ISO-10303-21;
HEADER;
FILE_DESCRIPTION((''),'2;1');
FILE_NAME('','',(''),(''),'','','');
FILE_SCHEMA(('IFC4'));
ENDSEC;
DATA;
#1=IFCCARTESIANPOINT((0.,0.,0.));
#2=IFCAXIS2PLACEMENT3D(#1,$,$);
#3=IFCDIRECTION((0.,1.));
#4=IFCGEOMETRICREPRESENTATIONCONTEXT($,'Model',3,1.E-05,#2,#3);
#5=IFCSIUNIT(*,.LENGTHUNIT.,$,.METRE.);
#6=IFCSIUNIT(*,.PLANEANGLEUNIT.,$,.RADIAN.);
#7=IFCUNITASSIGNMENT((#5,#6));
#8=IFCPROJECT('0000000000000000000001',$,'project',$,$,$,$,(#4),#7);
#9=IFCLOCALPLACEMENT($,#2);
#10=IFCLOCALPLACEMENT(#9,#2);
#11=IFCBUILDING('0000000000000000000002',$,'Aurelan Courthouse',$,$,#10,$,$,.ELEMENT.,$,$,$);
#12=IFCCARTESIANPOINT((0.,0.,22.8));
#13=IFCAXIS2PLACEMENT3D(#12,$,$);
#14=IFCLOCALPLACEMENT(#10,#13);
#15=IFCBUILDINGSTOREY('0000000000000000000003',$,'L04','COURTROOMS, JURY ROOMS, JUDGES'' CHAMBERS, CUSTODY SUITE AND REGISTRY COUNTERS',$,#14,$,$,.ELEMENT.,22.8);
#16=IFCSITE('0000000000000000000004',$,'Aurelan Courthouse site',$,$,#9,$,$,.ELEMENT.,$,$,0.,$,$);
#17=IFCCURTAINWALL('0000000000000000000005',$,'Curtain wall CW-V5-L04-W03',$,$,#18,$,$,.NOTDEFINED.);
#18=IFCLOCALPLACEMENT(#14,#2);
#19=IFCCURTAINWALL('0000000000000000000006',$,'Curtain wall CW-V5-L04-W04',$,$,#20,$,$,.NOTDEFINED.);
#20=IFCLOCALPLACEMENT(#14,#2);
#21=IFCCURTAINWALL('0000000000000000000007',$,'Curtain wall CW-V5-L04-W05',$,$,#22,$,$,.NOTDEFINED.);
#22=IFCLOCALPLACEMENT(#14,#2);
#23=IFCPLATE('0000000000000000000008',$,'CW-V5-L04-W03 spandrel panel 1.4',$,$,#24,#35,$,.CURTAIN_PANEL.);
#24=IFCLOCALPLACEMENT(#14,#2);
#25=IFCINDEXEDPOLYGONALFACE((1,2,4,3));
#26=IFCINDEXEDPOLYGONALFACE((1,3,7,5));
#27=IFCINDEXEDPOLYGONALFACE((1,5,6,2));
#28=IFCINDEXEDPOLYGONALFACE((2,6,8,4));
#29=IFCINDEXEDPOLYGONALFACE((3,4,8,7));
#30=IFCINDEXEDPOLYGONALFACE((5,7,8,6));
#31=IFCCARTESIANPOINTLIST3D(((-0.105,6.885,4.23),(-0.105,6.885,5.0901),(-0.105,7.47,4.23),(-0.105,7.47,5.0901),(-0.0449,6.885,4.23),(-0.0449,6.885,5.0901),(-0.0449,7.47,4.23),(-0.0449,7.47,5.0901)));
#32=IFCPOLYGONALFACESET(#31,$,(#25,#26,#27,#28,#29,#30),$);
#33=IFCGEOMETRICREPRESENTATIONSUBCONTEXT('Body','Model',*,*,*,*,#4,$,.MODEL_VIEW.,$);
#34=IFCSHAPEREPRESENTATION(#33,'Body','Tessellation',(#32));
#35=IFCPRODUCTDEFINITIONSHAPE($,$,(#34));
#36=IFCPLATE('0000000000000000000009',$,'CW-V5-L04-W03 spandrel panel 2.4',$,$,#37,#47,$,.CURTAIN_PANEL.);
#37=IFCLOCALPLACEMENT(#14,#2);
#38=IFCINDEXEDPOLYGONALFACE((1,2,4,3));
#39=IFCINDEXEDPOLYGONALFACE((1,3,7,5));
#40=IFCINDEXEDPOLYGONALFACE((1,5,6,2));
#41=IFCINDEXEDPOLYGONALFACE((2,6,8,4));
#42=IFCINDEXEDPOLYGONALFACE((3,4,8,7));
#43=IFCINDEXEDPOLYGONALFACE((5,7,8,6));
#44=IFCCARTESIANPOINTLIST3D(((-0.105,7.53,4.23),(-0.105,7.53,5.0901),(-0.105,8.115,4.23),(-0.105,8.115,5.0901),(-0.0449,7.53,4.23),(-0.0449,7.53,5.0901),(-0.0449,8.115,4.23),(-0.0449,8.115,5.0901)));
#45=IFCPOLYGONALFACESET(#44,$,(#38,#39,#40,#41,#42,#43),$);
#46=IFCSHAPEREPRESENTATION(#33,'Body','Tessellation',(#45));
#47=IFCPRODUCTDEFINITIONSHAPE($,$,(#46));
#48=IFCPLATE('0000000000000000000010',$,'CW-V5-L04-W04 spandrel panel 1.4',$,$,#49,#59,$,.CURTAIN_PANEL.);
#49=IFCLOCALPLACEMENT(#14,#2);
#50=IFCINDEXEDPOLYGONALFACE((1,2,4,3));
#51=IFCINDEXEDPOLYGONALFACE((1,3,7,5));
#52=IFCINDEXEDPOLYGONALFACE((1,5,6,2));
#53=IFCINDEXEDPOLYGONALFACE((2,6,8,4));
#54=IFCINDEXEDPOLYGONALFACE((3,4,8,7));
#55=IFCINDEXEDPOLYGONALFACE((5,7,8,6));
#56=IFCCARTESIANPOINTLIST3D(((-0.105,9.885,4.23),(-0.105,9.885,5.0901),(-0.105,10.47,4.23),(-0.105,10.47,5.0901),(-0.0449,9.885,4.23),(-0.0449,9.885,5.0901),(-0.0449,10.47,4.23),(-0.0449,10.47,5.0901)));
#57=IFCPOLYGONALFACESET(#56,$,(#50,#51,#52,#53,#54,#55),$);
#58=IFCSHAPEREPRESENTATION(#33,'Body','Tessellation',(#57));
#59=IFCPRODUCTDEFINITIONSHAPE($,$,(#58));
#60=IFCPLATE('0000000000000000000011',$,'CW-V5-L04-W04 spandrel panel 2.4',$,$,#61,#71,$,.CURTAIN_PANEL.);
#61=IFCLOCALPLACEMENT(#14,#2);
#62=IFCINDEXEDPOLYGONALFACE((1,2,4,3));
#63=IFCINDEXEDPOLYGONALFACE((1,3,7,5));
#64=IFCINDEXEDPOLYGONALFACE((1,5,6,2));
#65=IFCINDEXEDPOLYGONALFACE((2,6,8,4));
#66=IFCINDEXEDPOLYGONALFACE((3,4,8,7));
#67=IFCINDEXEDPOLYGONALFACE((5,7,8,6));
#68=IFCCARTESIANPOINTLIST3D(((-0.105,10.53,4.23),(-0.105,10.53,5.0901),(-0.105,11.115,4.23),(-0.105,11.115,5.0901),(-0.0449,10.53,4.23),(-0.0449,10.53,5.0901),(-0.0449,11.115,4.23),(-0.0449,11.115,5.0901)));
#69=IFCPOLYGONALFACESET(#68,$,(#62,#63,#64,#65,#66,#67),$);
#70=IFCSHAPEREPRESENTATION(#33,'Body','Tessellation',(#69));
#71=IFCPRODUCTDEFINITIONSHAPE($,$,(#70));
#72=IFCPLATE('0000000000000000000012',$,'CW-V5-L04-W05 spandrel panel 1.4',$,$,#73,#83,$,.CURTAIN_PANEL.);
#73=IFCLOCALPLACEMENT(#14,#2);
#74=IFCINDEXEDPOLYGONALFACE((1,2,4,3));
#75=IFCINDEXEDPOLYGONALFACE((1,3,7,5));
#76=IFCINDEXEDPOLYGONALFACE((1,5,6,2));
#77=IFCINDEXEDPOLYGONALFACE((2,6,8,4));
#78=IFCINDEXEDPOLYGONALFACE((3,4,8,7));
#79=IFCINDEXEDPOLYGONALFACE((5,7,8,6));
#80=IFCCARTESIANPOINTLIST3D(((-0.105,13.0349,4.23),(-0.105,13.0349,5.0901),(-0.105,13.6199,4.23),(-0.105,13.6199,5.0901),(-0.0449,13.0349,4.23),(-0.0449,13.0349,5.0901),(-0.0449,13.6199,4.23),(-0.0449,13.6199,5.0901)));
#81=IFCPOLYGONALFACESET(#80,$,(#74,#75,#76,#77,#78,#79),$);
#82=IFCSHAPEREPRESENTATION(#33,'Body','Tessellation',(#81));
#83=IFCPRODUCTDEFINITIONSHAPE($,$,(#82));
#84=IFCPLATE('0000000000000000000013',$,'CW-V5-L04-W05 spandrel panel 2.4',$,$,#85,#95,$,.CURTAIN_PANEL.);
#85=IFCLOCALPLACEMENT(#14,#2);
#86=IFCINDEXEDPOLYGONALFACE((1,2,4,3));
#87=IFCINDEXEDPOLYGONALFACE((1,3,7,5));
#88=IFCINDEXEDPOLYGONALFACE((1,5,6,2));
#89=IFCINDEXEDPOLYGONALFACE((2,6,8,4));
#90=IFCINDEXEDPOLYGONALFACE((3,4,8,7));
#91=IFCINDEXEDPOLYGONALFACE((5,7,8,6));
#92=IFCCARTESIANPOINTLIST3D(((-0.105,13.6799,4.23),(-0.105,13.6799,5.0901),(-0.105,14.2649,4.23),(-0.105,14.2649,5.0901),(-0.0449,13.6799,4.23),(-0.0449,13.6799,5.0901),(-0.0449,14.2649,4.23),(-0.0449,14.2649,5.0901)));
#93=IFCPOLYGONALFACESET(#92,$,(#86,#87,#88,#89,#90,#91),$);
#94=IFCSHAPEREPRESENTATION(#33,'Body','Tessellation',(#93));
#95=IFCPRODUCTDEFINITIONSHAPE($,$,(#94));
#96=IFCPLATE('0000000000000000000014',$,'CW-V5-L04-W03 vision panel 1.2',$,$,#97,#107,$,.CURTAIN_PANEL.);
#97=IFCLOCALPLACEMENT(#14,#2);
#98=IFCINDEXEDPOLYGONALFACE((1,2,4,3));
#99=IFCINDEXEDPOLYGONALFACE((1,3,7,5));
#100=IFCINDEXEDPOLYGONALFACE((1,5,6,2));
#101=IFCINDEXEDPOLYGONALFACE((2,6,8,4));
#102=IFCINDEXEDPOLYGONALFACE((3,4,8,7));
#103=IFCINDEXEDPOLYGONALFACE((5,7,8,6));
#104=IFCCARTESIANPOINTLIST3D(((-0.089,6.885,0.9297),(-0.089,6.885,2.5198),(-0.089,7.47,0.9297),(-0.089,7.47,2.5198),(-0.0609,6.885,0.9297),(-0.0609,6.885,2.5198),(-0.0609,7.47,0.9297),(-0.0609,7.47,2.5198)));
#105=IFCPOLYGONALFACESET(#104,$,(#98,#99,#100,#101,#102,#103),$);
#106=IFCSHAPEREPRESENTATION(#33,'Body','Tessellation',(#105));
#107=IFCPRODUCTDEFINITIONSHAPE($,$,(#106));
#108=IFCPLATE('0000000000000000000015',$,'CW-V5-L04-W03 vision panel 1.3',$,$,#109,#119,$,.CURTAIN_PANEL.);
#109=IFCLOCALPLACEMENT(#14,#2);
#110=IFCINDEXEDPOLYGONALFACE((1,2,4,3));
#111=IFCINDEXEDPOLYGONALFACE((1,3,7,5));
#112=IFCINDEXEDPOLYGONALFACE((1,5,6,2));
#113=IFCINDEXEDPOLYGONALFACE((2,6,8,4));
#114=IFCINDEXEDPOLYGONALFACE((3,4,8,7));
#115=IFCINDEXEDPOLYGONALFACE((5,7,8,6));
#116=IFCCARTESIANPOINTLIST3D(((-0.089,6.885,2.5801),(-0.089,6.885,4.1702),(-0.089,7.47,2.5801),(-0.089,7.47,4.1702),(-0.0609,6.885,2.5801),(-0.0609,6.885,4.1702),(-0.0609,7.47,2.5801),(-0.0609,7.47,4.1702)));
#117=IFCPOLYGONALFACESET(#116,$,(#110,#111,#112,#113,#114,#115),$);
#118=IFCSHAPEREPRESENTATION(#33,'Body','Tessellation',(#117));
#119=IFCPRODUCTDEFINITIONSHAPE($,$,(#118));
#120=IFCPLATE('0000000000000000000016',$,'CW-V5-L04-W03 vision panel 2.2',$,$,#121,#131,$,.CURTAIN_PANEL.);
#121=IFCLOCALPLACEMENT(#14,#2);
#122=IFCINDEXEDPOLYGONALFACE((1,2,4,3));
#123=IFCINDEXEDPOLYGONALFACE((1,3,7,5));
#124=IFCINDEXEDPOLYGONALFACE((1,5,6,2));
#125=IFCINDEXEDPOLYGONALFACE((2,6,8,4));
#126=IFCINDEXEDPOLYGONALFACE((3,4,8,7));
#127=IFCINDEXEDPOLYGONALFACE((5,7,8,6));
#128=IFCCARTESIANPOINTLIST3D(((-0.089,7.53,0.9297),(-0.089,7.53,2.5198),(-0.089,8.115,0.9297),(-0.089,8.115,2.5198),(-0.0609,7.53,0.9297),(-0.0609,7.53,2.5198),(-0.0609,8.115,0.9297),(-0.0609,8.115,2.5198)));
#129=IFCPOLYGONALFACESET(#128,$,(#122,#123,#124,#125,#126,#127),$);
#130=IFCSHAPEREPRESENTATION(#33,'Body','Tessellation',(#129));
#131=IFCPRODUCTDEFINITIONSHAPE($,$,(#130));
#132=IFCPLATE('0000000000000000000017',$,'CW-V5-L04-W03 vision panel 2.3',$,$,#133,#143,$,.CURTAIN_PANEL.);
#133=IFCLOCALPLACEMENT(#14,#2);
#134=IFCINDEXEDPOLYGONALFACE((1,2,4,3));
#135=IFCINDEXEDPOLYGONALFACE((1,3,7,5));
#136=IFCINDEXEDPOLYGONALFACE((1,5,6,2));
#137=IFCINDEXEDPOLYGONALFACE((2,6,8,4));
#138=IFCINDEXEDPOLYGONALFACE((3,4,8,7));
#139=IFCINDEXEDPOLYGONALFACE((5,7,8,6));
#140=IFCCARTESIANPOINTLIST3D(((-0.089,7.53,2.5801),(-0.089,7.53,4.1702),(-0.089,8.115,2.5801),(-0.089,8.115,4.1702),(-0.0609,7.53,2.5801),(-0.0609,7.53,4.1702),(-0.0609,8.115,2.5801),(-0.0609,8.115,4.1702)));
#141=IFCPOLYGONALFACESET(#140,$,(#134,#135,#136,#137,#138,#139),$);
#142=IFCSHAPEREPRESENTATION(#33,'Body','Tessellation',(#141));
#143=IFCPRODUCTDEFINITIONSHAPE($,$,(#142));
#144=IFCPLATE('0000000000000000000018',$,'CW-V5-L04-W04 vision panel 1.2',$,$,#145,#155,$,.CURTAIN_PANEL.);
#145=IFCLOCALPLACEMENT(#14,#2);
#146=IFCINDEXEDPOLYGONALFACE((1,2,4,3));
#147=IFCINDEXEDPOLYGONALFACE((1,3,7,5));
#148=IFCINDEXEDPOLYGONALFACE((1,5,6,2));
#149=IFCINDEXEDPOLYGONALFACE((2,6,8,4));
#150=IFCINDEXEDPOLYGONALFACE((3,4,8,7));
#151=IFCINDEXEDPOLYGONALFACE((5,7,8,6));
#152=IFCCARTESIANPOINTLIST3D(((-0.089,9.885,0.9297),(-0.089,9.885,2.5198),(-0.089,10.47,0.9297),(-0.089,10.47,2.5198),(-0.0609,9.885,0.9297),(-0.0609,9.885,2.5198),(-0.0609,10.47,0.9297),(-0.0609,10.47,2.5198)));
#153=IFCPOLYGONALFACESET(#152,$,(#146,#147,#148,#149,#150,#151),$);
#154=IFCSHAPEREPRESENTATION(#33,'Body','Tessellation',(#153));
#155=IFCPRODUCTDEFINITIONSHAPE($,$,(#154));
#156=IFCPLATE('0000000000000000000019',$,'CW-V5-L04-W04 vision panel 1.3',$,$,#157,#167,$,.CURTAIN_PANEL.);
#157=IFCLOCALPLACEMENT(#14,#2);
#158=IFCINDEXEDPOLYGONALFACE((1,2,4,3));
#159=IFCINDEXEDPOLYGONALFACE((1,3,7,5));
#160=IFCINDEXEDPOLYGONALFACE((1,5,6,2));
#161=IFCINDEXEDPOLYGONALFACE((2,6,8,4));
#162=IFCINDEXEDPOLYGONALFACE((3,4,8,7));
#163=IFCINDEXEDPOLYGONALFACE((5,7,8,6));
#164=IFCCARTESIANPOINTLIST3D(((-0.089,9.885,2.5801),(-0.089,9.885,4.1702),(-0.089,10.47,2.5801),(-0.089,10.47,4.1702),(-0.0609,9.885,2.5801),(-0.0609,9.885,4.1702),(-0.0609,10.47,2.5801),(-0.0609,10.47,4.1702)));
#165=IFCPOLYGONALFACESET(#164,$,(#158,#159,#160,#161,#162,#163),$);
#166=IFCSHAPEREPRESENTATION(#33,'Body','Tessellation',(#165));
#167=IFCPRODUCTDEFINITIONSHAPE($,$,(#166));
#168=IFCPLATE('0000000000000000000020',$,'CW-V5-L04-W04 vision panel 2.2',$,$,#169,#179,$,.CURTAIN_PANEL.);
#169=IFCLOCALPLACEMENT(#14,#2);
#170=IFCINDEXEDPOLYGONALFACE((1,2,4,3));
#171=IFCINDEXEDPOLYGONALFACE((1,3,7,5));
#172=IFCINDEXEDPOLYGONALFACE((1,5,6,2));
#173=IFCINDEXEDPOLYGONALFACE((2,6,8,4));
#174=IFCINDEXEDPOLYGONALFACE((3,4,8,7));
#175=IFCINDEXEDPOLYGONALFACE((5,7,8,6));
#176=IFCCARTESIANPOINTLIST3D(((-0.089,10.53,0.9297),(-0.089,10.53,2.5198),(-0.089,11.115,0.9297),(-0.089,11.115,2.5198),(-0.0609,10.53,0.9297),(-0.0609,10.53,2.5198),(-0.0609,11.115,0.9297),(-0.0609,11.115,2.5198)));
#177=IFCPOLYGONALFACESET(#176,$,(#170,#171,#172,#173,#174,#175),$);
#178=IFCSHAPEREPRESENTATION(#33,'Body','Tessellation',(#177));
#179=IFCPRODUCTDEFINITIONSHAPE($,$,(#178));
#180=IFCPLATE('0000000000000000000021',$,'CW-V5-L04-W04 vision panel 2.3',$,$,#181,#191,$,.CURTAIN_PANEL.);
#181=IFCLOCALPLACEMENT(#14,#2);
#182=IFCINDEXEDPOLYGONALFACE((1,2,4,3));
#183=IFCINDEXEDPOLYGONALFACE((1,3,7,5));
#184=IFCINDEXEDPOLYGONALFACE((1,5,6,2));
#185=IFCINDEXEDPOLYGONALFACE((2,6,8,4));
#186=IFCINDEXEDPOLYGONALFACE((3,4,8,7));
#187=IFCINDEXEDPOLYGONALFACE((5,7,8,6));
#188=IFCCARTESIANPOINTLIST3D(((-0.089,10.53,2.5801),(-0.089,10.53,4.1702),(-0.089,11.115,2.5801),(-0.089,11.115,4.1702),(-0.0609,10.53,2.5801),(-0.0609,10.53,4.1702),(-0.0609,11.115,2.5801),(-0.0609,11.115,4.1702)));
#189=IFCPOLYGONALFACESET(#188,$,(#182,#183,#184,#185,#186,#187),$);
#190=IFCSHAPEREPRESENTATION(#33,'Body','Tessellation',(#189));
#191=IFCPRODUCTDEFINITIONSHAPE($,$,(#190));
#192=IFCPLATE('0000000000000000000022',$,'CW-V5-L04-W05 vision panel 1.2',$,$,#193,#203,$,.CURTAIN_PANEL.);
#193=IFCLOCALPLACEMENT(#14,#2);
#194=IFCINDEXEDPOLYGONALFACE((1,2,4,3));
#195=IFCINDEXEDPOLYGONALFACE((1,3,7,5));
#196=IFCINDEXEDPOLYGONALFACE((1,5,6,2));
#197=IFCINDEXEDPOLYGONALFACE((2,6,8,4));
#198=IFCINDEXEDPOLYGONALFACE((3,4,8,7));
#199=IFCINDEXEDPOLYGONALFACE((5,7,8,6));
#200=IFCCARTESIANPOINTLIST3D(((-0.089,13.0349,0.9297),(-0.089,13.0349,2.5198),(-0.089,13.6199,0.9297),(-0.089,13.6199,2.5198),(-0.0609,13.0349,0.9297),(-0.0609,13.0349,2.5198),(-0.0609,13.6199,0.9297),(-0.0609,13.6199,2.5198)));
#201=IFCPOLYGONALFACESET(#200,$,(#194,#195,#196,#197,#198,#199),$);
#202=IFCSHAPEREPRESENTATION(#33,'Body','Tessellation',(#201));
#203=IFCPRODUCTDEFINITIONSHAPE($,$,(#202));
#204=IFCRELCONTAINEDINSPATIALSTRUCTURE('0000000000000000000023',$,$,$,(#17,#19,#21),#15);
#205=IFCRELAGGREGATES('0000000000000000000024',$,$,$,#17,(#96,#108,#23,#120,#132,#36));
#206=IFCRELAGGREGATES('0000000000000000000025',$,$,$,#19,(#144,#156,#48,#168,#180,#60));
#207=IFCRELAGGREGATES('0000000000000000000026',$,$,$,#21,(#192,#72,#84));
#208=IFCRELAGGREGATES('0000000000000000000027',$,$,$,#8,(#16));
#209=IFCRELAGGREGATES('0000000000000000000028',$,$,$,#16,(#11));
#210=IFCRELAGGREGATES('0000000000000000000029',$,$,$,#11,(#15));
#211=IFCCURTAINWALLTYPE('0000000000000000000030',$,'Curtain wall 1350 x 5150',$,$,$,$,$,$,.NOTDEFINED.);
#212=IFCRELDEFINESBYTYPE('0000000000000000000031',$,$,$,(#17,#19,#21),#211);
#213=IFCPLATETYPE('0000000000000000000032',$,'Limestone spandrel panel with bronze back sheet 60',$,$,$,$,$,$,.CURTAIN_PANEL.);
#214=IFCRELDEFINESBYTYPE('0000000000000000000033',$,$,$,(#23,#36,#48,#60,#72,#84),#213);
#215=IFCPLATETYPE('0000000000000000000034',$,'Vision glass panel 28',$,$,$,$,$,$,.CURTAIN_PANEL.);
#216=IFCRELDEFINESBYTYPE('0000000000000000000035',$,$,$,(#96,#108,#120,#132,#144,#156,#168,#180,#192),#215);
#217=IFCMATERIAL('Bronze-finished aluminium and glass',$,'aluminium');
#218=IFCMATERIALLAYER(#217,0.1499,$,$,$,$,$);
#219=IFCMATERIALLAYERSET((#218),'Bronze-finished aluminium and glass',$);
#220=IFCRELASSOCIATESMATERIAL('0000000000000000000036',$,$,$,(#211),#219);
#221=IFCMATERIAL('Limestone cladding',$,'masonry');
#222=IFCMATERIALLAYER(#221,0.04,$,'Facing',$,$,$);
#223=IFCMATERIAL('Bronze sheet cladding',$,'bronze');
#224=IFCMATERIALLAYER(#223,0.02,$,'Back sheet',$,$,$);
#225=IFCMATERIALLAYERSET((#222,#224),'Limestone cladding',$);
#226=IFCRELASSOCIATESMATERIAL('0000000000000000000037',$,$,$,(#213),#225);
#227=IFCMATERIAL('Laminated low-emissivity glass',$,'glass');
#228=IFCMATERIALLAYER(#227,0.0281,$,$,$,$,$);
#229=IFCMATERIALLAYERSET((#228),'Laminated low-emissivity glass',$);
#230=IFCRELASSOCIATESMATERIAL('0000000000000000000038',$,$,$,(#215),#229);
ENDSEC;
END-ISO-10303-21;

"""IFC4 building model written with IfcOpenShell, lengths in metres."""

from ifc_helpers import new_model, si_unit, direction, frame, origin, origin_2d, place, context, subcontext, project, spatial, rectangle, extrude, material, layer, layer_set, type_object, element, aggregate, save


model = new_model("IFC4")

# Units and contexts
model_context = context("Model", 3, precision=1e-05, world=origin(), true_north=direction((0.0, 1.0)))
body_context = subcontext(model_context, "Body", "Model", "MODEL_VIEW")
ifc_project = project(units=[si_unit("LENGTHUNIT", "METRE"), si_unit("PLANEANGLEUNIT", "RADIAN")], contexts=[model_context])

# Site, building, storey
site_placement = place(None, origin())
site = spatial("IfcSite", under=ifc_project, at=site_placement, Name="Aurelan Courthouse site", CompositionType="ELEMENT", RefElevation=0.0)
building_placement = place(site_placement, origin())
building = spatial("IfcBuilding", under=site, at=building_placement, Name="Aurelan Courthouse", CompositionType="ELEMENT")
storey_placement = place(building_placement, frame((0.0, 0.0, 22.8)))
storey = spatial("IfcBuildingStorey", under=building, at=storey_placement, Name="L04", Description="COURTROOMS, JURY ROOMS, JUDGES' CHAMBERS, CUSTODY SUITE AND REGISTRY COUNTERS", CompositionType="ELEMENT", Elevation=22.8)

# Curtain walls
ifc_material_1 = material(Name="Bronze-finished aluminium and glass", Category="aluminium")
ifc_layer_1 = layer(ifc_material_1, 0.1499)
ifc_layer_set_1 = layer_set([ifc_layer_1], Name="Bronze-finished aluminium and glass")
curtain_wall_type = type_object("IfcCurtainWallType", Name="Curtain wall 1350 x 5150", PredefinedType="NOTDEFINED", material=ifc_layer_set_1)
curtain_wall_1_placement = place(storey_placement, origin())
curtain_wall_1 = element("IfcCurtainWall", 1, at=curtain_wall_1_placement, inside=storey, type_object=curtain_wall_type, Name="Curtain wall CW-V5-L04-W03", PredefinedType="NOTDEFINED")
curtain_wall_2_placement = place(storey_placement, origin())
curtain_wall_2 = element("IfcCurtainWall", 2, at=curtain_wall_2_placement, inside=storey, type_object=curtain_wall_type, Name="Curtain wall CW-V5-L04-W04", PredefinedType="NOTDEFINED")
curtain_wall_3_placement = place(storey_placement, origin())
curtain_wall_3 = element("IfcCurtainWall", 3, at=curtain_wall_3_placement, inside=storey, type_object=curtain_wall_type, Name="Curtain wall CW-V5-L04-W05", PredefinedType="NOTDEFINED")

# Plates
ifc_material_2 = material(Name="Limestone cladding", Category="masonry")
ifc_layer_2 = layer(ifc_material_2, 0.04, Name="Facing")
ifc_material_3 = material(Name="Bronze sheet cladding", Category="bronze")
ifc_layer_3 = layer(ifc_material_3, 0.02, Name="Back sheet")
ifc_layer_set_2 = layer_set([ifc_layer_2, ifc_layer_3], Name="Limestone cladding")
plate_type_1 = type_object("IfcPlateType", Name="Limestone spandrel panel with bronze back sheet 60", PredefinedType="CURTAIN_PANEL", material=ifc_layer_set_2)
plate_1_placement = place(storey_placement, frame((-0.075, 7.1775, 4.23), z_axis=(0.0, 0.0, 1.0), x_axis=(0.0, 1.0, 0.0)))
plate_1 = element("IfcPlate", 4, at=plate_1_placement, type_object=plate_type_1, Name="CW-V5-L04-W03 spandrel panel 1.4", PredefinedType="CURTAIN_PANEL", context=body_context, shape_type="SweptSolid", body=[
    extrude(rectangle(XDim=0.585, YDim=0.0601, at=origin_2d()), origin(), (0.0, 0.0, 1.0), 0.8601),
])
plate_2_placement = place(storey_placement, frame((-0.075, 7.8225, 4.23), z_axis=(0.0, 0.0, 1.0), x_axis=(0.0, 1.0, 0.0)))
plate_2 = element("IfcPlate", 5, at=plate_2_placement, type_object=plate_type_1, Name="CW-V5-L04-W03 spandrel panel 2.4", PredefinedType="CURTAIN_PANEL", context=body_context, shape_type="SweptSolid", body=[
    extrude(rectangle(XDim=0.585, YDim=0.0601, at=origin_2d()), origin(), (0.0, 0.0, 1.0), 0.8601),
])
plate_3_placement = place(storey_placement, frame((-0.075, 10.1775, 4.23), z_axis=(0.0, 0.0, 1.0), x_axis=(0.0, 1.0, 0.0)))
plate_3 = element("IfcPlate", 6, at=plate_3_placement, type_object=plate_type_1, Name="CW-V5-L04-W04 spandrel panel 1.4", PredefinedType="CURTAIN_PANEL", context=body_context, shape_type="SweptSolid", body=[
    extrude(rectangle(XDim=0.585, YDim=0.0601, at=origin_2d()), origin(), (0.0, 0.0, 1.0), 0.8601),
])
plate_4_placement = place(storey_placement, frame((-0.075, 10.8225, 4.23), z_axis=(0.0, 0.0, 1.0), x_axis=(0.0, 1.0, 0.0)))
plate_4 = element("IfcPlate", 7, at=plate_4_placement, type_object=plate_type_1, Name="CW-V5-L04-W04 spandrel panel 2.4", PredefinedType="CURTAIN_PANEL", context=body_context, shape_type="SweptSolid", body=[
    extrude(rectangle(XDim=0.585, YDim=0.0601, at=origin_2d()), origin(), (0.0, 0.0, 1.0), 0.8601),
])
plate_5_placement = place(storey_placement, frame((-0.075, 13.3274, 4.23), z_axis=(0.0, 0.0, 1.0), x_axis=(0.0, 1.0, 0.0)))
plate_5 = element("IfcPlate", 8, at=plate_5_placement, type_object=plate_type_1, Name="CW-V5-L04-W05 spandrel panel 1.4", PredefinedType="CURTAIN_PANEL", context=body_context, shape_type="SweptSolid", body=[
    extrude(rectangle(XDim=0.585, YDim=0.0601, at=origin_2d()), origin(), (0.0, 0.0, 1.0), 0.8601),
])
plate_6_placement = place(storey_placement, frame((-0.075, 13.9724, 4.23), z_axis=(0.0, 0.0, 1.0), x_axis=(0.0, 1.0, 0.0)))
plate_6 = element("IfcPlate", 9, at=plate_6_placement, type_object=plate_type_1, Name="CW-V5-L04-W05 spandrel panel 2.4", PredefinedType="CURTAIN_PANEL", context=body_context, shape_type="SweptSolid", body=[
    extrude(rectangle(XDim=0.585, YDim=0.0601, at=origin_2d()), origin(), (0.0, 0.0, 1.0), 0.8601),
])
ifc_material_4 = material(Name="Laminated low-emissivity glass", Category="glass")
ifc_layer_4 = layer(ifc_material_4, 0.0281)
ifc_layer_set_3 = layer_set([ifc_layer_4], Name="Laminated low-emissivity glass")
plate_type_2 = type_object("IfcPlateType", Name="Vision glass panel 28", PredefinedType="CURTAIN_PANEL", material=ifc_layer_set_3)
plate_7_placement = place(storey_placement, frame((-0.075, 7.1775, 0.9297), z_axis=(0.0, 0.0, 1.0), x_axis=(0.0, 1.0, 0.0)))
plate_7 = element("IfcPlate", 10, at=plate_7_placement, type_object=plate_type_2, Name="CW-V5-L04-W03 vision panel 1.2", PredefinedType="CURTAIN_PANEL", context=body_context, shape_type="SweptSolid", body=[
    extrude(rectangle(XDim=0.585, YDim=0.0281, at=origin_2d()), origin(), (0.0, 0.0, 1.0), 1.5901),
])
plate_8_placement = place(storey_placement, frame((-0.075, 7.1775, 2.5801), z_axis=(0.0, 0.0, 1.0), x_axis=(0.0, 1.0, 0.0)))
plate_8 = element("IfcPlate", 11, at=plate_8_placement, type_object=plate_type_2, Name="CW-V5-L04-W03 vision panel 1.3", PredefinedType="CURTAIN_PANEL", context=body_context, shape_type="SweptSolid", body=[
    extrude(rectangle(XDim=0.585, YDim=0.0281, at=origin_2d()), origin(), (0.0, 0.0, 1.0), 1.5901),
])
plate_9_placement = place(storey_placement, frame((-0.075, 7.8225, 0.9297), z_axis=(0.0, 0.0, 1.0), x_axis=(0.0, 1.0, 0.0)))
plate_9 = element("IfcPlate", 12, at=plate_9_placement, type_object=plate_type_2, Name="CW-V5-L04-W03 vision panel 2.2", PredefinedType="CURTAIN_PANEL", context=body_context, shape_type="SweptSolid", body=[
    extrude(rectangle(XDim=0.585, YDim=0.0281, at=origin_2d()), origin(), (0.0, 0.0, 1.0), 1.5901),
])
plate_10_placement = place(storey_placement, frame((-0.075, 7.8225, 2.5801), z_axis=(0.0, 0.0, 1.0), x_axis=(0.0, 1.0, 0.0)))
plate_10 = element("IfcPlate", 13, at=plate_10_placement, type_object=plate_type_2, Name="CW-V5-L04-W03 vision panel 2.3", PredefinedType="CURTAIN_PANEL", context=body_context, shape_type="SweptSolid", body=[
    extrude(rectangle(XDim=0.585, YDim=0.0281, at=origin_2d()), origin(), (0.0, 0.0, 1.0), 1.5901),
])
aggregate(curtain_wall_1, [plate_7, plate_8, plate_1, plate_9, plate_10, plate_2])
plate_11_placement = place(storey_placement, frame((-0.075, 10.1775, 0.9297), z_axis=(0.0, 0.0, 1.0), x_axis=(0.0, 1.0, 0.0)))
plate_11 = element("IfcPlate", 14, at=plate_11_placement, type_object=plate_type_2, Name="CW-V5-L04-W04 vision panel 1.2", PredefinedType="CURTAIN_PANEL", context=body_context, shape_type="SweptSolid", body=[
    extrude(rectangle(XDim=0.585, YDim=0.0281, at=origin_2d()), origin(), (0.0, 0.0, 1.0), 1.5901),
])
plate_12_placement = place(storey_placement, frame((-0.075, 10.1775, 2.5801), z_axis=(0.0, 0.0, 1.0), x_axis=(0.0, 1.0, 0.0)))
plate_12 = element("IfcPlate", 15, at=plate_12_placement, type_object=plate_type_2, Name="CW-V5-L04-W04 vision panel 1.3", PredefinedType="CURTAIN_PANEL", context=body_context, shape_type="SweptSolid", body=[
    extrude(rectangle(XDim=0.585, YDim=0.0281, at=origin_2d()), origin(), (0.0, 0.0, 1.0), 1.5901),
])
plate_13_placement = place(storey_placement, frame((-0.075, 10.8225, 0.9297), z_axis=(0.0, 0.0, 1.0), x_axis=(0.0, 1.0, 0.0)))
plate_13 = element("IfcPlate", 16, at=plate_13_placement, type_object=plate_type_2, Name="CW-V5-L04-W04 vision panel 2.2", PredefinedType="CURTAIN_PANEL", context=body_context, shape_type="SweptSolid", body=[
    extrude(rectangle(XDim=0.585, YDim=0.0281, at=origin_2d()), origin(), (0.0, 0.0, 1.0), 1.5901),
])
plate_14_placement = place(storey_placement, frame((-0.075, 10.8225, 2.5801), z_axis=(0.0, 0.0, 1.0), x_axis=(0.0, 1.0, 0.0)))
plate_14 = element("IfcPlate", 17, at=plate_14_placement, type_object=plate_type_2, Name="CW-V5-L04-W04 vision panel 2.3", PredefinedType="CURTAIN_PANEL", context=body_context, shape_type="SweptSolid", body=[
    extrude(rectangle(XDim=0.585, YDim=0.0281, at=origin_2d()), origin(), (0.0, 0.0, 1.0), 1.5901),
])
aggregate(curtain_wall_2, [plate_11, plate_12, plate_3, plate_13, plate_14, plate_4])
plate_15_placement = place(storey_placement, frame((-0.075, 13.3274, 0.9297), z_axis=(0.0, 0.0, 1.0), x_axis=(0.0, 1.0, 0.0)))
plate_15 = element("IfcPlate", 18, at=plate_15_placement, type_object=plate_type_2, Name="CW-V5-L04-W05 vision panel 1.2", PredefinedType="CURTAIN_PANEL", context=body_context, shape_type="SweptSolid", body=[
    extrude(rectangle(XDim=0.585, YDim=0.0281, at=origin_2d()), origin(), (0.0, 0.0, 1.0), 1.5901),
])
aggregate(curtain_wall_3, [plate_15, plate_5, plate_6])

save(model, "model.ifc")
